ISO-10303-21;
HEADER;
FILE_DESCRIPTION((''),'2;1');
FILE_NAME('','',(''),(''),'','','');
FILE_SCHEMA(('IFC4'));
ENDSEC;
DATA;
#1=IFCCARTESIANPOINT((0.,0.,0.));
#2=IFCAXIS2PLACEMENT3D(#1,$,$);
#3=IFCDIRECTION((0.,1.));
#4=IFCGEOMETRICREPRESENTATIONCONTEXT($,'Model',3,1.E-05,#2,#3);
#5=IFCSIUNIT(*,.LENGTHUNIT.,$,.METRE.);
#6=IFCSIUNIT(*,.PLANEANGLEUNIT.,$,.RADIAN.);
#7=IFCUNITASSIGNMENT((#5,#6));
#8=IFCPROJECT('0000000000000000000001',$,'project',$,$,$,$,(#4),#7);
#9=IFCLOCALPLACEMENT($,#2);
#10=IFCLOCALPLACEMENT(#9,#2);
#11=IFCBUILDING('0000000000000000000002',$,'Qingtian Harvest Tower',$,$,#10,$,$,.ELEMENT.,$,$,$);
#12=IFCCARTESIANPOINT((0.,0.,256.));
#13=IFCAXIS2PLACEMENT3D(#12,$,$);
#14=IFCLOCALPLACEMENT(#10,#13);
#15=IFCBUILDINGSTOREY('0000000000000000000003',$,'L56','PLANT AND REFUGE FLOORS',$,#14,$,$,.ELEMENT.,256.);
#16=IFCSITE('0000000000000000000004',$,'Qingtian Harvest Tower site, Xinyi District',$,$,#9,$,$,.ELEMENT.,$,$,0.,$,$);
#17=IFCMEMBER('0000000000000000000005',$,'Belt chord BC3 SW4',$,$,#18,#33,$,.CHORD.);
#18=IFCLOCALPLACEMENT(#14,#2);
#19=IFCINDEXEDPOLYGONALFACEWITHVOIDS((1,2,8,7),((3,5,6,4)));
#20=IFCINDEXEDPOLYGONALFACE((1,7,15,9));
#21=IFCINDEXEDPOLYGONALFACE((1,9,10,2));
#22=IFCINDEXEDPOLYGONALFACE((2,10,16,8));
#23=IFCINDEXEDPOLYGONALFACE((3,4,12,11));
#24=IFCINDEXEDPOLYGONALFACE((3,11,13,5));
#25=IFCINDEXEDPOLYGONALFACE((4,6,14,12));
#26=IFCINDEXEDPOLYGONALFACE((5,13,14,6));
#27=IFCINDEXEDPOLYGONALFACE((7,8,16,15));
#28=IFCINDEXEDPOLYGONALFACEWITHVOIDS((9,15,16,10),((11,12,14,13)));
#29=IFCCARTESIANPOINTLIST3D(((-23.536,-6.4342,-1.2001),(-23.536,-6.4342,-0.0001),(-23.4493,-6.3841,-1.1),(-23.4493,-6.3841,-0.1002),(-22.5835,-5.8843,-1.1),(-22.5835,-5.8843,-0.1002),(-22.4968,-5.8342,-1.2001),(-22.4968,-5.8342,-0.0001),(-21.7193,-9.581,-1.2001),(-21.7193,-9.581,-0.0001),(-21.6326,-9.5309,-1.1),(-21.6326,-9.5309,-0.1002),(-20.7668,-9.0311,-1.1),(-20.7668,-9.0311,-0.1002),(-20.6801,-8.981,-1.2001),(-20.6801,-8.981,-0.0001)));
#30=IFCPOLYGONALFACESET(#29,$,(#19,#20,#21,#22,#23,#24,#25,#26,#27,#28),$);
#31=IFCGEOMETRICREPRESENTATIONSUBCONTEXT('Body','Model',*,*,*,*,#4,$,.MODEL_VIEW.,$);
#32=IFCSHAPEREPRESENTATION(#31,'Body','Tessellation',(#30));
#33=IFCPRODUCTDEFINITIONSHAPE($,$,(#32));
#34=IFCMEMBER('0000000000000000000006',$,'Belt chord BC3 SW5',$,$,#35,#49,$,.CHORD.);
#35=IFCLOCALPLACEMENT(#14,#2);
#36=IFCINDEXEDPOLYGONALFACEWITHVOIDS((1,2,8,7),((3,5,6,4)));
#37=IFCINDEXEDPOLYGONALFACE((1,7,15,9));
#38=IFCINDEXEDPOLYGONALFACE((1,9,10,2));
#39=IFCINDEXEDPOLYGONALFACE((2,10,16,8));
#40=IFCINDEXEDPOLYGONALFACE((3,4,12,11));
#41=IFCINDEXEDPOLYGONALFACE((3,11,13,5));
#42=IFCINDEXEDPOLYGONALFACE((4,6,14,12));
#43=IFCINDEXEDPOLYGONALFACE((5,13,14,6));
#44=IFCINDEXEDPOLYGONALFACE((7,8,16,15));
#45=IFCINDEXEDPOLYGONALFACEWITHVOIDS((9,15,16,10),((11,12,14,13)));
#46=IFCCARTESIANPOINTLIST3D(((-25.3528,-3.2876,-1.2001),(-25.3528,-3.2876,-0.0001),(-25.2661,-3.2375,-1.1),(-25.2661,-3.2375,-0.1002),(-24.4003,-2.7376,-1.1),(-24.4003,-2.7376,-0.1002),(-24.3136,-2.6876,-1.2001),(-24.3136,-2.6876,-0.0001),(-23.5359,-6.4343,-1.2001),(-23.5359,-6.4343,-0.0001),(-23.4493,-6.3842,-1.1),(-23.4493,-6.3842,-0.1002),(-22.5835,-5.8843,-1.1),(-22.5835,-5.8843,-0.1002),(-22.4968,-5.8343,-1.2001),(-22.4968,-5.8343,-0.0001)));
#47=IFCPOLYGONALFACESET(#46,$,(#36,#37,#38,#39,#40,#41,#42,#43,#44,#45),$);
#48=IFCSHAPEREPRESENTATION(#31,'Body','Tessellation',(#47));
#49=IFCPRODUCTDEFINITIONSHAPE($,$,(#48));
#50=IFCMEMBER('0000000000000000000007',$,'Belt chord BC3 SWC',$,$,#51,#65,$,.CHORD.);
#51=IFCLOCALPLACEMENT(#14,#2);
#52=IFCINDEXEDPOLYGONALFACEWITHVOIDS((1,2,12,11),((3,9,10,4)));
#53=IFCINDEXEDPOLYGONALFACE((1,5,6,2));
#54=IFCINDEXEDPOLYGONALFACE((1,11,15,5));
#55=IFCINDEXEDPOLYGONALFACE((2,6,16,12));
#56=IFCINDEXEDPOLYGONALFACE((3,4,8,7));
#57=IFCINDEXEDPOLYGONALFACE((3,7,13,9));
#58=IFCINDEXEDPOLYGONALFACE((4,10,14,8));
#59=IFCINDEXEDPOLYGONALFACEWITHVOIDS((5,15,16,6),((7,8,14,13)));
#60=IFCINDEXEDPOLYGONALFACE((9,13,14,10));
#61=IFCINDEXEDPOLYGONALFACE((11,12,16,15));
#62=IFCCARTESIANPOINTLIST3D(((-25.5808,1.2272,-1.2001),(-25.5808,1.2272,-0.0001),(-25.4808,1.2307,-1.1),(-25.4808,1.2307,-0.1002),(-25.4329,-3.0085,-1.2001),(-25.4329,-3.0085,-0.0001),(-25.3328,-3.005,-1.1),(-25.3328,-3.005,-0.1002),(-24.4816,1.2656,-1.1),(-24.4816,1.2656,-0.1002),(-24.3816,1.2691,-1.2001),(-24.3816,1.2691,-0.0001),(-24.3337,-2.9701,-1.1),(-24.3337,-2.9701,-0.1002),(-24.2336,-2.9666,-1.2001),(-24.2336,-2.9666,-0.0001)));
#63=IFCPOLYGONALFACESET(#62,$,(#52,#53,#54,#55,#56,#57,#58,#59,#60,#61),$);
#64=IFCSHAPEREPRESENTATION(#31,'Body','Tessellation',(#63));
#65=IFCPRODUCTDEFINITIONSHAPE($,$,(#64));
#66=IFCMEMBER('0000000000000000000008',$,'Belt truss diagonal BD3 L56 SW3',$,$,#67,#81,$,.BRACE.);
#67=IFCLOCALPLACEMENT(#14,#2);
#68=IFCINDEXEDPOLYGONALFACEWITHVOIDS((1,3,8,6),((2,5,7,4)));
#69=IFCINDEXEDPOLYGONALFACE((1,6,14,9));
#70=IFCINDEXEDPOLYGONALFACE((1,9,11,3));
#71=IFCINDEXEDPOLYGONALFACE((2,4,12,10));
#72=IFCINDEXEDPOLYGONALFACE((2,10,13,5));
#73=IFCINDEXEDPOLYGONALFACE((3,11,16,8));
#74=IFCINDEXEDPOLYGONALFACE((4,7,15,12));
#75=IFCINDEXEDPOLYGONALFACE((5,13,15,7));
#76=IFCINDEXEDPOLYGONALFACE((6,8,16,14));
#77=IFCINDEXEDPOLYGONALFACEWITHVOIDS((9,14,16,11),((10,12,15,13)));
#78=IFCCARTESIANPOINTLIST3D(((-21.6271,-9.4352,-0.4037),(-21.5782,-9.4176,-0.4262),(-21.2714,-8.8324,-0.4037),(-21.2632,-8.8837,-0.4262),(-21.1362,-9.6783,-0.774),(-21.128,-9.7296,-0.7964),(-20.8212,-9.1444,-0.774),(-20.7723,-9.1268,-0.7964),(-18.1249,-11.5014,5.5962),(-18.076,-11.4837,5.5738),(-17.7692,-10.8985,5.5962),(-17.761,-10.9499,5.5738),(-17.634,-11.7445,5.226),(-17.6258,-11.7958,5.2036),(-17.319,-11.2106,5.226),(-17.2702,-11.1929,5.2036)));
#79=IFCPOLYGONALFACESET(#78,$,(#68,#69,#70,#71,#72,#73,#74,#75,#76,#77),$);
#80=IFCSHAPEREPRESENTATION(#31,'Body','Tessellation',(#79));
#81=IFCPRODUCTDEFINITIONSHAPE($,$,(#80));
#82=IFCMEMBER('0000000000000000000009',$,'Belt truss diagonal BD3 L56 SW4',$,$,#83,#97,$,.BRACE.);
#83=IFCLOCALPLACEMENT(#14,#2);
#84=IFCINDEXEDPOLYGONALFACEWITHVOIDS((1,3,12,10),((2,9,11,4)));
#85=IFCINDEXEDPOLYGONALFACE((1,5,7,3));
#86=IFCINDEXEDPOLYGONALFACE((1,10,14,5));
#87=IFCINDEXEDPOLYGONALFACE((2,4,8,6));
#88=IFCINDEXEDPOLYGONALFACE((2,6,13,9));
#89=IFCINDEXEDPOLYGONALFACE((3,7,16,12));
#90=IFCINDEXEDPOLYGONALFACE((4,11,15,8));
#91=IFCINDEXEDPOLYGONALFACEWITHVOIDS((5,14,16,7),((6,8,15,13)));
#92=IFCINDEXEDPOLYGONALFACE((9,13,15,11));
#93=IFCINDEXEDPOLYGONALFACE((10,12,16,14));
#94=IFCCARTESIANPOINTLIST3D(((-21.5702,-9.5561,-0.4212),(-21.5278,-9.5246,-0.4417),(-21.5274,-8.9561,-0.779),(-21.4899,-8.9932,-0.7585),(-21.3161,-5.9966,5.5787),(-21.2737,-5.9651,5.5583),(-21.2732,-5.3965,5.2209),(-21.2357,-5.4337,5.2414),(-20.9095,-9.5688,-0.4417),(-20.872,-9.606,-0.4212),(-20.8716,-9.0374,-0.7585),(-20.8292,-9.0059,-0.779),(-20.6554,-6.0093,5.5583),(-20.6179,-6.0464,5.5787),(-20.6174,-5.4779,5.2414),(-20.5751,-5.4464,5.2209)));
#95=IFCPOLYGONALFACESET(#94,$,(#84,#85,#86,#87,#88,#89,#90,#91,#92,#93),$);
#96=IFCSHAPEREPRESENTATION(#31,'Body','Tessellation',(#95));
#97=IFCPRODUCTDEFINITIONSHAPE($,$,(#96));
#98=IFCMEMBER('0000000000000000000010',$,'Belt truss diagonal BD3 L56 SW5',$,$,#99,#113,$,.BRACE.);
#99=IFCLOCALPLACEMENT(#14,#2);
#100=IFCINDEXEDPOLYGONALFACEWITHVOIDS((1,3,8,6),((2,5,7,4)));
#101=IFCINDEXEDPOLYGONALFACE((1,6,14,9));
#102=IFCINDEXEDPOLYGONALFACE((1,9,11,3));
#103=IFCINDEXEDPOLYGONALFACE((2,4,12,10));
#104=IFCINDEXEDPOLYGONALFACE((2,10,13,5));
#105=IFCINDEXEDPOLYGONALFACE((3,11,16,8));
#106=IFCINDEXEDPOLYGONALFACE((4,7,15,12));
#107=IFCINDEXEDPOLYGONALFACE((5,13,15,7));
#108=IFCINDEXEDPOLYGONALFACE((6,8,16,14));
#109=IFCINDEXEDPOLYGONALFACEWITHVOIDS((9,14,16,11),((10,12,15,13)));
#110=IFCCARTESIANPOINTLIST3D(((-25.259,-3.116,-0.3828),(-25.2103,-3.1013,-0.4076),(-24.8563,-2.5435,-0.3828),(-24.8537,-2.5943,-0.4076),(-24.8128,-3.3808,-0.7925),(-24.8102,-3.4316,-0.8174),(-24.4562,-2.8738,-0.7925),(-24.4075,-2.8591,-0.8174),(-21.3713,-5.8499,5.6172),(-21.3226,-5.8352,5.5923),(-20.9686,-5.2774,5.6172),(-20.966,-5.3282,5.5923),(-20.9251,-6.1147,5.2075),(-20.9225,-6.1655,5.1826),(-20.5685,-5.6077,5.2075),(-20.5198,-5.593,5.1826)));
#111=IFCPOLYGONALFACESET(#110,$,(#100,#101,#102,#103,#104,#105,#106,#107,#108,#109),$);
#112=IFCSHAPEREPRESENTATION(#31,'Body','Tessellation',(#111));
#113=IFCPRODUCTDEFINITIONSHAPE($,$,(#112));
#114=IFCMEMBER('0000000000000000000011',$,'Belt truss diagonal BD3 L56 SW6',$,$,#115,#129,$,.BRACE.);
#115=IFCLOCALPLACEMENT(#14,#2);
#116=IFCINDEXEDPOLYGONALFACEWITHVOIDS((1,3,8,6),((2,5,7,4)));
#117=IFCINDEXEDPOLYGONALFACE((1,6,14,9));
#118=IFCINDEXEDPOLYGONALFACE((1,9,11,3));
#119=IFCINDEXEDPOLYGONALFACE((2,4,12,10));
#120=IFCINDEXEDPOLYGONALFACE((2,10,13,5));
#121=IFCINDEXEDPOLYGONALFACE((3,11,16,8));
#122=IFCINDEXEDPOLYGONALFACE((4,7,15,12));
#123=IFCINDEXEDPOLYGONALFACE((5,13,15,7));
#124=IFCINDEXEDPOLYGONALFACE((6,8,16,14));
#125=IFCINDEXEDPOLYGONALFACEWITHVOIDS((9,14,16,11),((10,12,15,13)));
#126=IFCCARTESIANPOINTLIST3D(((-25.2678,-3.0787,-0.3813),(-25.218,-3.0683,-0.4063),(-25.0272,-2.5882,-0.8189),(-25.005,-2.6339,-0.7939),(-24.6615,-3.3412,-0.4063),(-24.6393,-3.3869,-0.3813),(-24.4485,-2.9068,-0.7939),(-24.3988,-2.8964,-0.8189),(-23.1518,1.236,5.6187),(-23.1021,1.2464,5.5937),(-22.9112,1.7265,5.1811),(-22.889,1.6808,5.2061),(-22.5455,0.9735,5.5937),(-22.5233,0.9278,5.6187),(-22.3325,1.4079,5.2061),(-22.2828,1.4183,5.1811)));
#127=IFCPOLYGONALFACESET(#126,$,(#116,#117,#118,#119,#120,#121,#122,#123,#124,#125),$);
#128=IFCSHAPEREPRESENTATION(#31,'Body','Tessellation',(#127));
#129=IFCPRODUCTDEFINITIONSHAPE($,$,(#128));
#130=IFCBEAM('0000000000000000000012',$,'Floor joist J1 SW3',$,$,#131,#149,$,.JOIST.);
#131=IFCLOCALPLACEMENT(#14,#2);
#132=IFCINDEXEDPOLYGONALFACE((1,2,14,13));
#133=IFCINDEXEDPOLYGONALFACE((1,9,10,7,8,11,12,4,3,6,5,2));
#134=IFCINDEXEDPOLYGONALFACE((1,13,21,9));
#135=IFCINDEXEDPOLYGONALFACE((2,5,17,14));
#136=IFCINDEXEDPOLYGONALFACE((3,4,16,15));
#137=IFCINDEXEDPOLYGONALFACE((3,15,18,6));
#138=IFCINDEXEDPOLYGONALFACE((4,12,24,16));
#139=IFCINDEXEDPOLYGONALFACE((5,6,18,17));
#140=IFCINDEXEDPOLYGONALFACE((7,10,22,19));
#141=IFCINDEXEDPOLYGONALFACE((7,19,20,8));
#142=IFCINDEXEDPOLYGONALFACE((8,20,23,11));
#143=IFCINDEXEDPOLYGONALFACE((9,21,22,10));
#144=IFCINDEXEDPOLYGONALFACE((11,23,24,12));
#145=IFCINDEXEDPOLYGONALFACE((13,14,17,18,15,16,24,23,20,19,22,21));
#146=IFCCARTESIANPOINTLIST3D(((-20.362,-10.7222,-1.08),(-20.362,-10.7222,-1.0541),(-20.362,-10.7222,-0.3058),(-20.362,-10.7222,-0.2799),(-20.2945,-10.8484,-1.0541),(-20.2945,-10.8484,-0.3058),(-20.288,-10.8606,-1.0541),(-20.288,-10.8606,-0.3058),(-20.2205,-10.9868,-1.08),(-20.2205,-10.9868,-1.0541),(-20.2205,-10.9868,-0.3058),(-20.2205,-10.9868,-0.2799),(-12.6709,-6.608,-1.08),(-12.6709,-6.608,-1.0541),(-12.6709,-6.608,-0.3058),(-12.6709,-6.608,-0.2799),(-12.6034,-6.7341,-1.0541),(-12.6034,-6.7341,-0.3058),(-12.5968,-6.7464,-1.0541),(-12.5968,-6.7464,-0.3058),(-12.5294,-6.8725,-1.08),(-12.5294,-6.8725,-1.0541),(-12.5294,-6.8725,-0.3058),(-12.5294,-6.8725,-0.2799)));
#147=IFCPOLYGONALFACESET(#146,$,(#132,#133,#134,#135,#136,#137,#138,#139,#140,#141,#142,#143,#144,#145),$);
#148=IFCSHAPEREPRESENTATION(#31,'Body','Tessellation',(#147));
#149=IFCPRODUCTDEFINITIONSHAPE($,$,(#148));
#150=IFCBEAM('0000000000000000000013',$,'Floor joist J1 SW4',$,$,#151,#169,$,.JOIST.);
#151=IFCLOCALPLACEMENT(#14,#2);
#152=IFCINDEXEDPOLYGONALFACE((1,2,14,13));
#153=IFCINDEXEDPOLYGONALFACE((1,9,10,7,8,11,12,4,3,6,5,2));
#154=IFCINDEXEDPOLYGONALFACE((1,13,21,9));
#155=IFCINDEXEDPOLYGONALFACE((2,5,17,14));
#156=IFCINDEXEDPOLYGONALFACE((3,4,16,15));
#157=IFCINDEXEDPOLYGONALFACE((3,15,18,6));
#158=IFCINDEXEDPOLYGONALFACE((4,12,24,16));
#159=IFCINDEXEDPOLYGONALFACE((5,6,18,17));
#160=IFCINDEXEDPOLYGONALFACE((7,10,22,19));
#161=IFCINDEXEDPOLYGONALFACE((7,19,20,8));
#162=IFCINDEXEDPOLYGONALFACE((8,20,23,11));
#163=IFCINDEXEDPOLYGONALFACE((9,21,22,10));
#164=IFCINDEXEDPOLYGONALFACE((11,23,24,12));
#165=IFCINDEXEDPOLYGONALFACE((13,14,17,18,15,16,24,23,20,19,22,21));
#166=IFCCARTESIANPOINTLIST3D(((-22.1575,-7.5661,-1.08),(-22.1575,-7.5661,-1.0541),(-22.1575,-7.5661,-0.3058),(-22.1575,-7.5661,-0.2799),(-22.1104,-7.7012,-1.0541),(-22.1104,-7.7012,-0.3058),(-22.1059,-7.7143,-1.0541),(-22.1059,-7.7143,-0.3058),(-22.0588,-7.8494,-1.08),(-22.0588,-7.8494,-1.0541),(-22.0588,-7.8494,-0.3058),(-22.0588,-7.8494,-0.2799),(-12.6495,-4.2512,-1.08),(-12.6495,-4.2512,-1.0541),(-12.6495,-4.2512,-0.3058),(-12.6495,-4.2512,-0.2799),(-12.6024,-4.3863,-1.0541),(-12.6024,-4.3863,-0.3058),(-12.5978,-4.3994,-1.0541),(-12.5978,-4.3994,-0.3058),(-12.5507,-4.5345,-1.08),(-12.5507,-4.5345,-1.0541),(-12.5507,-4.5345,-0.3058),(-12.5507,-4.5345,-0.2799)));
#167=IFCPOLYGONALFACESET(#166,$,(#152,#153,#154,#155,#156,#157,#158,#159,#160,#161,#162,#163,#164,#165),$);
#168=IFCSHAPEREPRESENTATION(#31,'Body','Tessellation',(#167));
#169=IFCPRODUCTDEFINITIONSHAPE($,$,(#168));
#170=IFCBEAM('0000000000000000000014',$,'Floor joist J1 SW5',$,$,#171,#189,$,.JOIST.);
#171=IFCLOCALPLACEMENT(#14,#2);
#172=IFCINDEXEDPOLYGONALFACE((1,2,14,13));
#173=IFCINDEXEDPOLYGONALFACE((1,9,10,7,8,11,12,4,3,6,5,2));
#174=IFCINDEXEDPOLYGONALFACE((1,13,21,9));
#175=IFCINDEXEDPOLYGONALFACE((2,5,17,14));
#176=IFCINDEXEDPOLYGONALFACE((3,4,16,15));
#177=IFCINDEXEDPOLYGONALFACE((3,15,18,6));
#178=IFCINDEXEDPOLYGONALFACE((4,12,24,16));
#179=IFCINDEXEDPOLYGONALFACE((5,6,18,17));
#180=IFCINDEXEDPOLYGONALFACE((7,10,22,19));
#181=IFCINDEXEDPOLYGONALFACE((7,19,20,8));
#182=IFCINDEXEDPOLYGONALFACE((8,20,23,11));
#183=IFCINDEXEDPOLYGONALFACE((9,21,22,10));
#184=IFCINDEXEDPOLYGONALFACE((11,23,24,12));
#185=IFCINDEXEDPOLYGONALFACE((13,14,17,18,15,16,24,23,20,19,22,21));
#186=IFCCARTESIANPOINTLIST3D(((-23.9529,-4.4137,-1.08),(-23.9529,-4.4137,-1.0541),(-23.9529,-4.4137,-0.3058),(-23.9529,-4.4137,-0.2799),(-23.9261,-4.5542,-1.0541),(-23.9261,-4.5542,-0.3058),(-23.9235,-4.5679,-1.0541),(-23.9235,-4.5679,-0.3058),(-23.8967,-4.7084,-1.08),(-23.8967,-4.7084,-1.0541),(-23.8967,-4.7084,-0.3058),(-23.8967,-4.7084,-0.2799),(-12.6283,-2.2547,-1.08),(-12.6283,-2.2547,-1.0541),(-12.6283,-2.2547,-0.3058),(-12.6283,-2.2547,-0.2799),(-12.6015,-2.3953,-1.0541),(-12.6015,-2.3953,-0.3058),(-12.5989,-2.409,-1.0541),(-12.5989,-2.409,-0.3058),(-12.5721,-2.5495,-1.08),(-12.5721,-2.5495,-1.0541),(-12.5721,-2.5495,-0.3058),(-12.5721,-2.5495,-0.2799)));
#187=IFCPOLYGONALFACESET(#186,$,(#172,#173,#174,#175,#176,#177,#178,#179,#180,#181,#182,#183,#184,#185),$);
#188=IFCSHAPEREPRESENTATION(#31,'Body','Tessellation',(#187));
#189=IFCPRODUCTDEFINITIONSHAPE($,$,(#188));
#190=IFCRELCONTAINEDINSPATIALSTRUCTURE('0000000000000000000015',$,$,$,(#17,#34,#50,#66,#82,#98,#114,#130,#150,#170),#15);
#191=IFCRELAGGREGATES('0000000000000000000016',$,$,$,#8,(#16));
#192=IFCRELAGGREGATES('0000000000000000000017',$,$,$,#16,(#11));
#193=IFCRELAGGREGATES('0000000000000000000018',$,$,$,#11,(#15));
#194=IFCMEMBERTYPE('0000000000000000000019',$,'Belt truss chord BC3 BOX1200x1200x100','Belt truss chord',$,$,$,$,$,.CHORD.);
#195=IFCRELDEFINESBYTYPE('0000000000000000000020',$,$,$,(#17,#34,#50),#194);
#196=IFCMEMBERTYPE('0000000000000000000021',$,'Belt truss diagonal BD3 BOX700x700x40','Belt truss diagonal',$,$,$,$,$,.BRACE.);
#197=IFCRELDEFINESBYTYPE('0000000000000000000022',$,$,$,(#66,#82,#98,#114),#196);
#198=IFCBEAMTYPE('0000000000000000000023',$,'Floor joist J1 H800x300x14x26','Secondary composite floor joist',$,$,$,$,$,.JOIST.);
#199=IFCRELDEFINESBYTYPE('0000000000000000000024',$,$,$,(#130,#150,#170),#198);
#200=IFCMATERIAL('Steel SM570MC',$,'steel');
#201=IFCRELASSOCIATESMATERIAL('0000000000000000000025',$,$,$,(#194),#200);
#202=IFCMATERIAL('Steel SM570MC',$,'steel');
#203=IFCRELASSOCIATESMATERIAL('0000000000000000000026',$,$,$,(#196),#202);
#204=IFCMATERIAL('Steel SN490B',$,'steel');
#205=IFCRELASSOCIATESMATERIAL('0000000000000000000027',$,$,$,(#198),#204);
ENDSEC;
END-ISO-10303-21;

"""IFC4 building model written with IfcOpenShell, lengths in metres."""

from ifc_helpers import new_model, si_unit, direction, frame, origin, origin_2d, place, context, subcontext, project, spatial, hollow_rectangle, i_section, extrude, material, material_profile, profile_set, type_object, element, save


model = new_model("IFC4")

# Units and contexts
model_context = context("Model", 3, precision=1e-05, world=origin(), true_north=direction((0.0, 1.0)))
body_context = subcontext(model_context, "Body", "Model", "MODEL_VIEW")
ifc_project = project(units=[si_unit("LENGTHUNIT", "METRE"), si_unit("PLANEANGLEUNIT", "RADIAN")], contexts=[model_context])

# Site, building, storey
site_placement = place(None, origin())
site = spatial("IfcSite", under=ifc_project, at=site_placement, Name="Qingtian Harvest Tower site, Xinyi District", CompositionType="ELEMENT", RefElevation=0.0)
building_placement = place(site_placement, origin())
building = spatial("IfcBuilding", under=site, at=building_placement, Name="Qingtian Harvest Tower", CompositionType="ELEMENT")
storey_placement = place(building_placement, frame((0.0, 0.0, 256.0)))
storey = spatial("IfcBuildingStorey", under=building, at=storey_placement, Name="L56", Description="PLANT AND REFUGE FLOORS", CompositionType="ELEMENT", Elevation=256.0)

# Members
ifc_material_1 = material(Name="Steel SM570MC", Category="steel")
ifc_material_profile_1 = material_profile(ifc_material_1, hollow_rectangle(XDim=1.2, YDim=1.2, WallThickness=0.1001, at=origin_2d()), Name="BOX1200x1200x100")
ifc_profile_set_1 = profile_set([ifc_material_profile_1], Name="Steel SM570MC")
member_type_1 = type_object("IfcMemberType", Name="Belt truss chord BC3 BOX1200x1200x100", Description="Belt truss chord", PredefinedType="CHORD", material=ifc_profile_set_1)
for number, where, z_axis, x_axis, name in (
    (1, (-21.1997, -9.281, -0.6001), (-0.499976, 0.866039, 0.0), (-0.866039, -0.499976, 0.0), "Belt chord BC3 SW4"),
    (2, (-23.0164, -6.1343, -0.6001), (-0.500027, 0.86601, 0.0), (-0.86601, -0.500027, 0.0), "Belt chord BC3 SW5"),
):
    element("IfcMember", number, at=place(storey_placement, frame(where, z_axis=z_axis, x_axis=x_axis)), inside=storey, type_object=member_type_1, Name=name, PredefinedType="CHORD", context=body_context, shape_type="SweptSolid", body=[
        extrude(hollow_rectangle(XDim=1.2, YDim=1.2, WallThickness=0.1001, at=origin_2d()), origin(), (0.0, 0.0, 1.0), 3.6335),
    ])
member_1_placement = place(storey_placement, frame((-24.8333, -2.9875, -0.6001), z_axis=(-0.034909, 0.999391, 0.0), x_axis=(-0.999391, -0.034909, 0.0)))
element("IfcMember", 3, at=member_1_placement, inside=storey, type_object=member_type_1, Name="Belt chord BC3 SWC", PredefinedType="CHORD", context=body_context, shape_type="SweptSolid", body=[
    extrude(hollow_rectangle(XDim=1.2, YDim=1.2, WallThickness=0.1001, at=origin_2d()), origin(), (0.0, 0.0, 1.0), 4.2383),
])
ifc_material_2 = material(Name="Steel SM570MC", Category="steel")
ifc_material_profile_2 = material_profile(ifc_material_2, hollow_rectangle(XDim=0.7, YDim=0.7, WallThickness=0.04, at=origin_2d()), Name="BOX700x700x40")
ifc_profile_set_2 = profile_set([ifc_material_profile_2], Name="Steel SM570MC")
member_type_2 = type_object("IfcMemberType", Name="Belt truss diagonal BD3 BOX700x700x40", Description="Belt truss diagonal", PredefinedType="BRACE", material=ifc_profile_set_2)
member_2_placement = place(storey_placement, frame((-17.6975, -11.3472, 5.3999), z_axis=(-0.483191, 0.285064, -0.827807), x_axis=(-0.508124, -0.861284, 0.0)))
element("IfcMember", 4, at=member_2_placement, inside=storey, type_object=member_type_2, Name="Belt truss diagonal BD3 L56 SW3", PredefinedType="BRACE", context=body_context, shape_type="SweptSolid", body=[
    extrude(hollow_rectangle(XDim=0.7, YDim=0.7, WallThickness=0.04, at=origin_2d()), origin(), (0.0, 0.0, 1.0), 7.248),
])
member_3_placement = place(storey_placement, frame((-21.1997, -9.281, -0.6001), z_axis=(0.036406, 0.50989, 0.859469), x_axis=(-0.997461, 0.071218, 0.0)))
element("IfcMember", 5, at=member_3_placement, inside=storey, type_object=member_type_2, Name="Belt truss diagonal BD3 L56 SW4", PredefinedType="BRACE", context=body_context, shape_type="SweptSolid", body=[
    extrude(hollow_rectangle(XDim=0.7, YDim=0.7, WallThickness=0.04, at=origin_2d()), origin(), (0.0, 0.0, 1.0), 6.981),
])
member_4_placement = place(storey_placement, frame((-20.9456, -5.7214, 5.3999), z_axis=(-0.50791, 0.35717, -0.783873), x_axis=(-0.575226, -0.817994, 0.0)))
element("IfcMember", 6, at=member_4_placement, inside=storey, type_object=member_type_2, Name="Belt truss diagonal BD3 L56 SW5", PredefinedType="BRACE", context=body_context, shape_type="SweptSolid", body=[
    extrude(hollow_rectangle(XDim=0.7, YDim=0.7, WallThickness=0.04, at=origin_2d()), origin(), (0.0, 0.0, 1.0), 7.6543),
])
member_5_placement = place(storey_placement, frame((-24.8333, -2.9875, -0.6001), z_axis=(0.275256, 0.561279, 0.780512), x_axis=(-0.897845, 0.440311, 0.0)))
element("IfcMember", 7, at=member_5_placement, inside=storey, type_object=member_type_2, Name="Belt truss diagonal BD3 L56 SW6", PredefinedType="BRACE", context=body_context, shape_type="SweptSolid", body=[
    extrude(hollow_rectangle(XDim=0.7, YDim=0.7, WallThickness=0.04, at=origin_2d()), origin(), (0.0, 0.0, 1.0), 7.6873),
])

# Beams
ifc_material_3 = material(Name="Steel SN490B", Category="steel")
ifc_material_profile_3 = material_profile(ifc_material_3, i_section(OverallWidth=0.3, OverallDepth=0.8, WebThickness=0.0139, FlangeThickness=0.0259, at=origin_2d()), Name="H800x300x14x26")
ifc_profile_set_3 = profile_set([ifc_material_profile_3], Name="Steel SN490B")
beam_type_1 = type_object("IfcBeamType", Name="Floor joist J1 H800x300x14x26", Description="Secondary composite floor joist", PredefinedType="JOIST", material=ifc_profile_set_3)
beam_1_placement = place(storey_placement, frame((-20.2913, -10.8545, -0.6799), z_axis=(0.881767, 0.471686, 0.0), x_axis=(-0.471686, 0.881767, 0.0)))
element("IfcBeam", 8, at=beam_1_placement, inside=storey, type_object=beam_type_1, Name="Floor joist J1 SW3", PredefinedType="JOIST", context=body_context, shape_type="SweptSolid", body=[
    extrude(i_section(OverallWidth=0.3, OverallDepth=0.8, WebThickness=0.0139, FlangeThickness=0.0259, at=origin_2d()), origin(), (0.0, 0.0, 1.0), 8.7224),
])
beam_2_placement = place(storey_placement, frame((-22.1082, -7.7078, -0.6799), z_axis=(0.944256, 0.329211, 0.0), x_axis=(-0.329211, 0.944256, 0.0)))
element("IfcBeam", 9, at=beam_2_placement, inside=storey, type_object=beam_type_1, Name="Floor joist J1 SW4", PredefinedType="JOIST", context=body_context, shape_type="SweptSolid", body=[
    extrude(i_section(OverallWidth=0.3, OverallDepth=0.8, WebThickness=0.0139, FlangeThickness=0.0259, at=origin_2d()), origin(), (0.0, 0.0, 1.0), 10.0693),
])
beam_3_placement = place(storey_placement, frame((-23.9248, -4.561, -0.6799), z_axis=(0.982309, 0.187267, 0.0), x_axis=(-0.187267, 0.982309, 0.0)))
element("IfcBeam", 10, at=beam_3_placement, inside=storey, type_object=beam_type_1, Name="Floor joist J1 SW5", PredefinedType="JOIST", context=body_context, shape_type="SweptSolid", body=[
    extrude(i_section(OverallWidth=0.3, OverallDepth=0.8, WebThickness=0.0139, FlangeThickness=0.0259, at=origin_2d()), origin(), (0.0, 0.0, 1.0), 11.5286),
])

save(model, "model.ifc")
